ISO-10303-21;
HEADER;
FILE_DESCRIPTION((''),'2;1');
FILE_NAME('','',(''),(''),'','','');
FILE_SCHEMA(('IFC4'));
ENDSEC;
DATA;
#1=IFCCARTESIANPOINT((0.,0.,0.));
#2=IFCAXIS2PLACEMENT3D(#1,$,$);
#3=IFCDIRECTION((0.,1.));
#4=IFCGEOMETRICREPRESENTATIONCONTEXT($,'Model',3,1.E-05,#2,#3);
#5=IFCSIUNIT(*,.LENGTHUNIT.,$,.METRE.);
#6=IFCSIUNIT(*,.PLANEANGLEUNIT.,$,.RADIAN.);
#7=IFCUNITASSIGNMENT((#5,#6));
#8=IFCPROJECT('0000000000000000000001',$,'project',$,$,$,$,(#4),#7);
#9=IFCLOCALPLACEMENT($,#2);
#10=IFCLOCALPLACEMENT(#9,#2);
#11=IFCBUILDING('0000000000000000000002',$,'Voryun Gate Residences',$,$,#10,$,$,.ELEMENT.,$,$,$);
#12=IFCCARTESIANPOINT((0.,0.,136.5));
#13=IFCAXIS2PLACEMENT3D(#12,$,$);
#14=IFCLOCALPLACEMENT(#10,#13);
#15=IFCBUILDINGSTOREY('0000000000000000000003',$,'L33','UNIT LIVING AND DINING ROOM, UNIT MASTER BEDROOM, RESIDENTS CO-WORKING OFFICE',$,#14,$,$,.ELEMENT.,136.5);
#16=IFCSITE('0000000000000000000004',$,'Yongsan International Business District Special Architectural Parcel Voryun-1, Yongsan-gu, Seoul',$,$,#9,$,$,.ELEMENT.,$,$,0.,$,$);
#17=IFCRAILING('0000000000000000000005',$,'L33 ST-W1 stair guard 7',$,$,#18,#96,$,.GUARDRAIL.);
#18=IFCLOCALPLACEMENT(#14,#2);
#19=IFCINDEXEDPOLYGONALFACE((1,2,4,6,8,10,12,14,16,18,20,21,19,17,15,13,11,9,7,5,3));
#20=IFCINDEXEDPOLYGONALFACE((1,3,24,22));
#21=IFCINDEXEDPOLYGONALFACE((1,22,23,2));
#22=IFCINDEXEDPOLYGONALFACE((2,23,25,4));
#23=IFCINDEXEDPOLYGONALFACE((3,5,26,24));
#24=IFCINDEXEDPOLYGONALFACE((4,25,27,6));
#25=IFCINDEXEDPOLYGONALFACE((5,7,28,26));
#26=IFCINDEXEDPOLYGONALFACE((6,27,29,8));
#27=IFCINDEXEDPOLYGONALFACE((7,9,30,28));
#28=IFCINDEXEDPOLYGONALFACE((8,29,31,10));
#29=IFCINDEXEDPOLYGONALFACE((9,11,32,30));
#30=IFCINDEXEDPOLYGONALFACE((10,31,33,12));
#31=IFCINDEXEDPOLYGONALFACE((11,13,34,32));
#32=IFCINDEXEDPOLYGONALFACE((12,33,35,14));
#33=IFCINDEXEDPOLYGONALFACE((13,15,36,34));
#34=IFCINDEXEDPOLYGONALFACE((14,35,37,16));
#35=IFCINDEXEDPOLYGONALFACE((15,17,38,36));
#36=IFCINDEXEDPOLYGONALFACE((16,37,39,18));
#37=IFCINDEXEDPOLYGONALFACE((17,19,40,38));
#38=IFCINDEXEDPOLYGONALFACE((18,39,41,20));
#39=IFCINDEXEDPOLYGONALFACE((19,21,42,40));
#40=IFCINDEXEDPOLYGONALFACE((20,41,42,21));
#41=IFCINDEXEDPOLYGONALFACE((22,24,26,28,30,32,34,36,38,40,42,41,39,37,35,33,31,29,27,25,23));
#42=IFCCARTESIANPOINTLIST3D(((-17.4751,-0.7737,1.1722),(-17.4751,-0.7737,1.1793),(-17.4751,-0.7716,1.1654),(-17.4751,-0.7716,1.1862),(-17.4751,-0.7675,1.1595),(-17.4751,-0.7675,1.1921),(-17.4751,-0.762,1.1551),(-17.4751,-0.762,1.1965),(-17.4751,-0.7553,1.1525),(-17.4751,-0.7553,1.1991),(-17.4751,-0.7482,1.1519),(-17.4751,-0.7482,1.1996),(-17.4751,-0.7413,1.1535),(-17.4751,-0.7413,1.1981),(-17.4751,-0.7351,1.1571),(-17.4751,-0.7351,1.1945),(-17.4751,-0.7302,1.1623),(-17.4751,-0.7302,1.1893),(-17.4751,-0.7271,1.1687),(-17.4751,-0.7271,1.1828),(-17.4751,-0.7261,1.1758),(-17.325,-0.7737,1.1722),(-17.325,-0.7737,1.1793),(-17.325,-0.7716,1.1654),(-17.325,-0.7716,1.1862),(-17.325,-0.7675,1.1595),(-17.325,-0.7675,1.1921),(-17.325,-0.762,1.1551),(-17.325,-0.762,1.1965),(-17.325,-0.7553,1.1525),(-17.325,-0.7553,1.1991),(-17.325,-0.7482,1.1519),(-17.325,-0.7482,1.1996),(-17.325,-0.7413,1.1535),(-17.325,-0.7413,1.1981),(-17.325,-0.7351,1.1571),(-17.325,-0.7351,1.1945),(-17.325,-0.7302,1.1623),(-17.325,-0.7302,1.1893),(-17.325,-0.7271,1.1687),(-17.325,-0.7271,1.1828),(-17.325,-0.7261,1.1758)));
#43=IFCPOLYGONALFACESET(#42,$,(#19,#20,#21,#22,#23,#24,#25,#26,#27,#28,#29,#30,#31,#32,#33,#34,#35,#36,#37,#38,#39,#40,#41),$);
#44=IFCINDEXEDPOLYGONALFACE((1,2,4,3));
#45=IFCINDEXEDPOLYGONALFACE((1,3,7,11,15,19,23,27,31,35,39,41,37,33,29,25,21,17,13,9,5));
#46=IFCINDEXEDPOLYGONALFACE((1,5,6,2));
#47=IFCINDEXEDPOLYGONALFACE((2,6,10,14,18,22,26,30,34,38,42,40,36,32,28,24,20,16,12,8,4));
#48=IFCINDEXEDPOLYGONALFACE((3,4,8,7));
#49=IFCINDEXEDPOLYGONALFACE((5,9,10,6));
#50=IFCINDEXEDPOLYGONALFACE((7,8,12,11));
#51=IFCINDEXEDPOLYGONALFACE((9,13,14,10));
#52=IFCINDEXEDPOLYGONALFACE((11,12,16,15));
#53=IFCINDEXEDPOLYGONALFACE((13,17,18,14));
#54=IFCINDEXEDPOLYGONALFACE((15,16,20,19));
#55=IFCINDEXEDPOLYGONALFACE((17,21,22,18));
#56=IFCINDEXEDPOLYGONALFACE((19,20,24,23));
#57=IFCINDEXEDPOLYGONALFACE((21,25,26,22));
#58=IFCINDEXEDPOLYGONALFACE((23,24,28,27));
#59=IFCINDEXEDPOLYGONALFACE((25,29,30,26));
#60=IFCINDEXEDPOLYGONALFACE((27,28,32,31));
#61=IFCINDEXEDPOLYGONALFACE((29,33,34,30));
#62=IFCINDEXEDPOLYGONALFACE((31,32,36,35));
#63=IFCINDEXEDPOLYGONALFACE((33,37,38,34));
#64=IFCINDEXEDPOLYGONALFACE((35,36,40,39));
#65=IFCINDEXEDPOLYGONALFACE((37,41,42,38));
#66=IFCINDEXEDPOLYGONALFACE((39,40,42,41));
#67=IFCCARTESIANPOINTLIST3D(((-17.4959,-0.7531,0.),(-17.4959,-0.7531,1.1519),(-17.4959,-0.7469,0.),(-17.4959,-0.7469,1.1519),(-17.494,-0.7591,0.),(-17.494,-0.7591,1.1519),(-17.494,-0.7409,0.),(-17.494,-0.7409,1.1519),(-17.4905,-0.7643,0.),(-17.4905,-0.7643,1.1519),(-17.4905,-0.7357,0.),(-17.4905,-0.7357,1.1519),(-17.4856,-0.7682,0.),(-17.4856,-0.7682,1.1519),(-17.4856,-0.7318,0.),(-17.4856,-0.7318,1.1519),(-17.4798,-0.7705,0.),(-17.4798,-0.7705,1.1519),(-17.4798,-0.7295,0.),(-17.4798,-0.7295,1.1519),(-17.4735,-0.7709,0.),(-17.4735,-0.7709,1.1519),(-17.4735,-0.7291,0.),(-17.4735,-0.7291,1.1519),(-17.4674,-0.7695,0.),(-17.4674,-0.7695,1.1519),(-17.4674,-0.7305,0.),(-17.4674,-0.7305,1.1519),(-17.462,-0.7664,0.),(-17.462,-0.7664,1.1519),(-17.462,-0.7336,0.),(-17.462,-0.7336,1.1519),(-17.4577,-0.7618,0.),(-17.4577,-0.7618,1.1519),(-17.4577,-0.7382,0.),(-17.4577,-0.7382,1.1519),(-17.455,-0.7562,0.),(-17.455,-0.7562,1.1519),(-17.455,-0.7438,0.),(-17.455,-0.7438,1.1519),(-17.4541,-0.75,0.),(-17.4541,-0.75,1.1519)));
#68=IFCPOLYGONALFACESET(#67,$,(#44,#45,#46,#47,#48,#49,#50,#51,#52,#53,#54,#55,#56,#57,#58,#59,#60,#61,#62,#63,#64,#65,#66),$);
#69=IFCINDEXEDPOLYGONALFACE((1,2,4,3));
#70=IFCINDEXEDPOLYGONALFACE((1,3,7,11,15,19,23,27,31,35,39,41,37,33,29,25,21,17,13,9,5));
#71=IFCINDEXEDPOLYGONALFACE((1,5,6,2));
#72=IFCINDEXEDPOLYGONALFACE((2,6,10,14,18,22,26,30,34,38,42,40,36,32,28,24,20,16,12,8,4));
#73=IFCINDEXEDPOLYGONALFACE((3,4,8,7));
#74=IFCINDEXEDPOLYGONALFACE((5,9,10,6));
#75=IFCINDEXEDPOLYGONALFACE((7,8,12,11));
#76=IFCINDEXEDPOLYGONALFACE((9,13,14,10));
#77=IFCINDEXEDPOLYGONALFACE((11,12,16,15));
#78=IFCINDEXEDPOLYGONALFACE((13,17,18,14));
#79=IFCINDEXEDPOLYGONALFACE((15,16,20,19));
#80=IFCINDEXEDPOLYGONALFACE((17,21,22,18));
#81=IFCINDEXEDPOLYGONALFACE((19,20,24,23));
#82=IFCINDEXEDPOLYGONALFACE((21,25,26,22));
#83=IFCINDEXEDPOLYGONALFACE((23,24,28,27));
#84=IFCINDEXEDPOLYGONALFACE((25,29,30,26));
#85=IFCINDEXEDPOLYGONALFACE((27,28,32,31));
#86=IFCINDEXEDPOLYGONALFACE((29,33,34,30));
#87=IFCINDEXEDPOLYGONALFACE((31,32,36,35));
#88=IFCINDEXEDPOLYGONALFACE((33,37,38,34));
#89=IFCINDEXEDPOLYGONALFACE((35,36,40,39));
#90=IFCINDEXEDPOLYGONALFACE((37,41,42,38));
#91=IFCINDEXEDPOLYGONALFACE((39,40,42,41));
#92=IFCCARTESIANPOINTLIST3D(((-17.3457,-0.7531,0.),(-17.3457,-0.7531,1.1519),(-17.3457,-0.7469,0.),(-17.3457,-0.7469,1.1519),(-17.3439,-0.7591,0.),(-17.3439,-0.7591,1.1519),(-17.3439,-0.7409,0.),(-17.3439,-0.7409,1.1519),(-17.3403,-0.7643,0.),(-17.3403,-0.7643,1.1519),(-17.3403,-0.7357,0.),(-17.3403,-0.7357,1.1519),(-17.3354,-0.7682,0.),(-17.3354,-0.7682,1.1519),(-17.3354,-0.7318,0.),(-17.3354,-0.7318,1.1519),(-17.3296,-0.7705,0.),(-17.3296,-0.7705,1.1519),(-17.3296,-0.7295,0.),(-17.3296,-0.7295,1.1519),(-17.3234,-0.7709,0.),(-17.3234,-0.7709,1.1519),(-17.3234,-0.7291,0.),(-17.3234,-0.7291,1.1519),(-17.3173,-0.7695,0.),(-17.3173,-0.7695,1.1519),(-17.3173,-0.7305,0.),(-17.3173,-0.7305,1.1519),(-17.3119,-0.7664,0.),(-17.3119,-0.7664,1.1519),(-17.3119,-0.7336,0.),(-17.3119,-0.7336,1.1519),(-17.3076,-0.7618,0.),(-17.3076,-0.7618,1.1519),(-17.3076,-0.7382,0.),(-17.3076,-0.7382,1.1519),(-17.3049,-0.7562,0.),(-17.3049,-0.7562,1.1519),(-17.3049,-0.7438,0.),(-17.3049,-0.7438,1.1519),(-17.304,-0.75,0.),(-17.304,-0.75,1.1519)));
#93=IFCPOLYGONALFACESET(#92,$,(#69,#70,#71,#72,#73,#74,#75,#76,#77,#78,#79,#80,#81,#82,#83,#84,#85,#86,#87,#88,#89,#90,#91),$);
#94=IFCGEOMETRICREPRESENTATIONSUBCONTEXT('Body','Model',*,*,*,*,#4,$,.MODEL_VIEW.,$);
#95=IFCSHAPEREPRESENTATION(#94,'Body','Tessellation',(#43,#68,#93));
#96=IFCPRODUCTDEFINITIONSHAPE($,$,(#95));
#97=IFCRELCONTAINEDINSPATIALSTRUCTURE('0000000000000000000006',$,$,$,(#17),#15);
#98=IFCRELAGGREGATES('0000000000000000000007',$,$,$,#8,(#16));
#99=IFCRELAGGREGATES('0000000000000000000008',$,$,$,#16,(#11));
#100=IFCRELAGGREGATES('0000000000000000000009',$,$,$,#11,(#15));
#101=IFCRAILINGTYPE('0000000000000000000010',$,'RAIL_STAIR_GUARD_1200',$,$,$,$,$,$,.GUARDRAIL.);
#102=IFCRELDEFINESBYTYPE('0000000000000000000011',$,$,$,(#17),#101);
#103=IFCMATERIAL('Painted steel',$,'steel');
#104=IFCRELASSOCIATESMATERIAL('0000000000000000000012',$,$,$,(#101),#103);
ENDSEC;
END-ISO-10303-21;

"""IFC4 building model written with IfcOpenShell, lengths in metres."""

from ifc_helpers import new_model, si_unit, direction, frame, origin, origin_2d, place, context, subcontext, project, spatial, circle, extrude, material, type_object, element, save


model = new_model("IFC4")

# Units and contexts
model_context = context("Model", 3, precision=1e-05, world=origin(), true_north=direction((0.0, 1.0)))
body_context = subcontext(model_context, "Body", "Model", "MODEL_VIEW")
ifc_project = project(units=[si_unit("LENGTHUNIT", "METRE"), si_unit("PLANEANGLEUNIT", "RADIAN")], contexts=[model_context])

# Site, building, storey
site_placement = place(None, origin())
site = spatial("IfcSite", under=ifc_project, at=site_placement, Name="Yongsan International Business District Special Architectural Parcel Voryun-1, Yongsan-gu, Seoul", CompositionType="ELEMENT", RefElevation=0.0)
building_placement = place(site_placement, origin())
building = spatial("IfcBuilding", under=site, at=building_placement, Name="Voryun Gate Residences", CompositionType="ELEMENT")
storey_placement = place(building_placement, frame((0.0, 0.0, 136.5)))
storey = spatial("IfcBuildingStorey", under=building, at=storey_placement, Name="L33", Description="UNIT LIVING AND DINING ROOM, UNIT MASTER BEDROOM, RESIDENTS CO-WORKING OFFICE", CompositionType="ELEMENT", Elevation=136.5)

# Railing
ifc_material_1 = material(Name="Painted steel", Category="steel")
railing_type_1 = type_object("IfcRailingType", Name="RAIL_STAIR_GUARD_1200", PredefinedType="GUARDRAIL", material=ifc_material_1)
railing_1_placement = place(storey_placement, frame((-17.4751, -0.75, 0.0)))
element("IfcRailing", 1, at=railing_1_placement, inside=storey, type_object=railing_type_1, Name="L33 ST-W1 stair guard 7", PredefinedType="GUARDRAIL", context=body_context, shape_type="SweptSolid", body=[
    extrude(circle(Radius=0.0239, at=origin_2d()), frame((0.0, 0.0, 1.1758), z_axis=(1.0, 0.0, 0.0), x_axis=(0.0, 1.0, 0.0)), (0.0, 0.0, 1.0), 0.1501),
    extrude(circle(Radius=0.021, at=origin_2d()), origin(), (0.0, 0.0, 1.0), 1.1519),
    extrude(circle(Radius=0.021, at=origin_2d()), frame((0.1501, 0.0, 0.0)), (0.0, 0.0, 1.0), 1.1519),
])

save(model, "model.ifc")
